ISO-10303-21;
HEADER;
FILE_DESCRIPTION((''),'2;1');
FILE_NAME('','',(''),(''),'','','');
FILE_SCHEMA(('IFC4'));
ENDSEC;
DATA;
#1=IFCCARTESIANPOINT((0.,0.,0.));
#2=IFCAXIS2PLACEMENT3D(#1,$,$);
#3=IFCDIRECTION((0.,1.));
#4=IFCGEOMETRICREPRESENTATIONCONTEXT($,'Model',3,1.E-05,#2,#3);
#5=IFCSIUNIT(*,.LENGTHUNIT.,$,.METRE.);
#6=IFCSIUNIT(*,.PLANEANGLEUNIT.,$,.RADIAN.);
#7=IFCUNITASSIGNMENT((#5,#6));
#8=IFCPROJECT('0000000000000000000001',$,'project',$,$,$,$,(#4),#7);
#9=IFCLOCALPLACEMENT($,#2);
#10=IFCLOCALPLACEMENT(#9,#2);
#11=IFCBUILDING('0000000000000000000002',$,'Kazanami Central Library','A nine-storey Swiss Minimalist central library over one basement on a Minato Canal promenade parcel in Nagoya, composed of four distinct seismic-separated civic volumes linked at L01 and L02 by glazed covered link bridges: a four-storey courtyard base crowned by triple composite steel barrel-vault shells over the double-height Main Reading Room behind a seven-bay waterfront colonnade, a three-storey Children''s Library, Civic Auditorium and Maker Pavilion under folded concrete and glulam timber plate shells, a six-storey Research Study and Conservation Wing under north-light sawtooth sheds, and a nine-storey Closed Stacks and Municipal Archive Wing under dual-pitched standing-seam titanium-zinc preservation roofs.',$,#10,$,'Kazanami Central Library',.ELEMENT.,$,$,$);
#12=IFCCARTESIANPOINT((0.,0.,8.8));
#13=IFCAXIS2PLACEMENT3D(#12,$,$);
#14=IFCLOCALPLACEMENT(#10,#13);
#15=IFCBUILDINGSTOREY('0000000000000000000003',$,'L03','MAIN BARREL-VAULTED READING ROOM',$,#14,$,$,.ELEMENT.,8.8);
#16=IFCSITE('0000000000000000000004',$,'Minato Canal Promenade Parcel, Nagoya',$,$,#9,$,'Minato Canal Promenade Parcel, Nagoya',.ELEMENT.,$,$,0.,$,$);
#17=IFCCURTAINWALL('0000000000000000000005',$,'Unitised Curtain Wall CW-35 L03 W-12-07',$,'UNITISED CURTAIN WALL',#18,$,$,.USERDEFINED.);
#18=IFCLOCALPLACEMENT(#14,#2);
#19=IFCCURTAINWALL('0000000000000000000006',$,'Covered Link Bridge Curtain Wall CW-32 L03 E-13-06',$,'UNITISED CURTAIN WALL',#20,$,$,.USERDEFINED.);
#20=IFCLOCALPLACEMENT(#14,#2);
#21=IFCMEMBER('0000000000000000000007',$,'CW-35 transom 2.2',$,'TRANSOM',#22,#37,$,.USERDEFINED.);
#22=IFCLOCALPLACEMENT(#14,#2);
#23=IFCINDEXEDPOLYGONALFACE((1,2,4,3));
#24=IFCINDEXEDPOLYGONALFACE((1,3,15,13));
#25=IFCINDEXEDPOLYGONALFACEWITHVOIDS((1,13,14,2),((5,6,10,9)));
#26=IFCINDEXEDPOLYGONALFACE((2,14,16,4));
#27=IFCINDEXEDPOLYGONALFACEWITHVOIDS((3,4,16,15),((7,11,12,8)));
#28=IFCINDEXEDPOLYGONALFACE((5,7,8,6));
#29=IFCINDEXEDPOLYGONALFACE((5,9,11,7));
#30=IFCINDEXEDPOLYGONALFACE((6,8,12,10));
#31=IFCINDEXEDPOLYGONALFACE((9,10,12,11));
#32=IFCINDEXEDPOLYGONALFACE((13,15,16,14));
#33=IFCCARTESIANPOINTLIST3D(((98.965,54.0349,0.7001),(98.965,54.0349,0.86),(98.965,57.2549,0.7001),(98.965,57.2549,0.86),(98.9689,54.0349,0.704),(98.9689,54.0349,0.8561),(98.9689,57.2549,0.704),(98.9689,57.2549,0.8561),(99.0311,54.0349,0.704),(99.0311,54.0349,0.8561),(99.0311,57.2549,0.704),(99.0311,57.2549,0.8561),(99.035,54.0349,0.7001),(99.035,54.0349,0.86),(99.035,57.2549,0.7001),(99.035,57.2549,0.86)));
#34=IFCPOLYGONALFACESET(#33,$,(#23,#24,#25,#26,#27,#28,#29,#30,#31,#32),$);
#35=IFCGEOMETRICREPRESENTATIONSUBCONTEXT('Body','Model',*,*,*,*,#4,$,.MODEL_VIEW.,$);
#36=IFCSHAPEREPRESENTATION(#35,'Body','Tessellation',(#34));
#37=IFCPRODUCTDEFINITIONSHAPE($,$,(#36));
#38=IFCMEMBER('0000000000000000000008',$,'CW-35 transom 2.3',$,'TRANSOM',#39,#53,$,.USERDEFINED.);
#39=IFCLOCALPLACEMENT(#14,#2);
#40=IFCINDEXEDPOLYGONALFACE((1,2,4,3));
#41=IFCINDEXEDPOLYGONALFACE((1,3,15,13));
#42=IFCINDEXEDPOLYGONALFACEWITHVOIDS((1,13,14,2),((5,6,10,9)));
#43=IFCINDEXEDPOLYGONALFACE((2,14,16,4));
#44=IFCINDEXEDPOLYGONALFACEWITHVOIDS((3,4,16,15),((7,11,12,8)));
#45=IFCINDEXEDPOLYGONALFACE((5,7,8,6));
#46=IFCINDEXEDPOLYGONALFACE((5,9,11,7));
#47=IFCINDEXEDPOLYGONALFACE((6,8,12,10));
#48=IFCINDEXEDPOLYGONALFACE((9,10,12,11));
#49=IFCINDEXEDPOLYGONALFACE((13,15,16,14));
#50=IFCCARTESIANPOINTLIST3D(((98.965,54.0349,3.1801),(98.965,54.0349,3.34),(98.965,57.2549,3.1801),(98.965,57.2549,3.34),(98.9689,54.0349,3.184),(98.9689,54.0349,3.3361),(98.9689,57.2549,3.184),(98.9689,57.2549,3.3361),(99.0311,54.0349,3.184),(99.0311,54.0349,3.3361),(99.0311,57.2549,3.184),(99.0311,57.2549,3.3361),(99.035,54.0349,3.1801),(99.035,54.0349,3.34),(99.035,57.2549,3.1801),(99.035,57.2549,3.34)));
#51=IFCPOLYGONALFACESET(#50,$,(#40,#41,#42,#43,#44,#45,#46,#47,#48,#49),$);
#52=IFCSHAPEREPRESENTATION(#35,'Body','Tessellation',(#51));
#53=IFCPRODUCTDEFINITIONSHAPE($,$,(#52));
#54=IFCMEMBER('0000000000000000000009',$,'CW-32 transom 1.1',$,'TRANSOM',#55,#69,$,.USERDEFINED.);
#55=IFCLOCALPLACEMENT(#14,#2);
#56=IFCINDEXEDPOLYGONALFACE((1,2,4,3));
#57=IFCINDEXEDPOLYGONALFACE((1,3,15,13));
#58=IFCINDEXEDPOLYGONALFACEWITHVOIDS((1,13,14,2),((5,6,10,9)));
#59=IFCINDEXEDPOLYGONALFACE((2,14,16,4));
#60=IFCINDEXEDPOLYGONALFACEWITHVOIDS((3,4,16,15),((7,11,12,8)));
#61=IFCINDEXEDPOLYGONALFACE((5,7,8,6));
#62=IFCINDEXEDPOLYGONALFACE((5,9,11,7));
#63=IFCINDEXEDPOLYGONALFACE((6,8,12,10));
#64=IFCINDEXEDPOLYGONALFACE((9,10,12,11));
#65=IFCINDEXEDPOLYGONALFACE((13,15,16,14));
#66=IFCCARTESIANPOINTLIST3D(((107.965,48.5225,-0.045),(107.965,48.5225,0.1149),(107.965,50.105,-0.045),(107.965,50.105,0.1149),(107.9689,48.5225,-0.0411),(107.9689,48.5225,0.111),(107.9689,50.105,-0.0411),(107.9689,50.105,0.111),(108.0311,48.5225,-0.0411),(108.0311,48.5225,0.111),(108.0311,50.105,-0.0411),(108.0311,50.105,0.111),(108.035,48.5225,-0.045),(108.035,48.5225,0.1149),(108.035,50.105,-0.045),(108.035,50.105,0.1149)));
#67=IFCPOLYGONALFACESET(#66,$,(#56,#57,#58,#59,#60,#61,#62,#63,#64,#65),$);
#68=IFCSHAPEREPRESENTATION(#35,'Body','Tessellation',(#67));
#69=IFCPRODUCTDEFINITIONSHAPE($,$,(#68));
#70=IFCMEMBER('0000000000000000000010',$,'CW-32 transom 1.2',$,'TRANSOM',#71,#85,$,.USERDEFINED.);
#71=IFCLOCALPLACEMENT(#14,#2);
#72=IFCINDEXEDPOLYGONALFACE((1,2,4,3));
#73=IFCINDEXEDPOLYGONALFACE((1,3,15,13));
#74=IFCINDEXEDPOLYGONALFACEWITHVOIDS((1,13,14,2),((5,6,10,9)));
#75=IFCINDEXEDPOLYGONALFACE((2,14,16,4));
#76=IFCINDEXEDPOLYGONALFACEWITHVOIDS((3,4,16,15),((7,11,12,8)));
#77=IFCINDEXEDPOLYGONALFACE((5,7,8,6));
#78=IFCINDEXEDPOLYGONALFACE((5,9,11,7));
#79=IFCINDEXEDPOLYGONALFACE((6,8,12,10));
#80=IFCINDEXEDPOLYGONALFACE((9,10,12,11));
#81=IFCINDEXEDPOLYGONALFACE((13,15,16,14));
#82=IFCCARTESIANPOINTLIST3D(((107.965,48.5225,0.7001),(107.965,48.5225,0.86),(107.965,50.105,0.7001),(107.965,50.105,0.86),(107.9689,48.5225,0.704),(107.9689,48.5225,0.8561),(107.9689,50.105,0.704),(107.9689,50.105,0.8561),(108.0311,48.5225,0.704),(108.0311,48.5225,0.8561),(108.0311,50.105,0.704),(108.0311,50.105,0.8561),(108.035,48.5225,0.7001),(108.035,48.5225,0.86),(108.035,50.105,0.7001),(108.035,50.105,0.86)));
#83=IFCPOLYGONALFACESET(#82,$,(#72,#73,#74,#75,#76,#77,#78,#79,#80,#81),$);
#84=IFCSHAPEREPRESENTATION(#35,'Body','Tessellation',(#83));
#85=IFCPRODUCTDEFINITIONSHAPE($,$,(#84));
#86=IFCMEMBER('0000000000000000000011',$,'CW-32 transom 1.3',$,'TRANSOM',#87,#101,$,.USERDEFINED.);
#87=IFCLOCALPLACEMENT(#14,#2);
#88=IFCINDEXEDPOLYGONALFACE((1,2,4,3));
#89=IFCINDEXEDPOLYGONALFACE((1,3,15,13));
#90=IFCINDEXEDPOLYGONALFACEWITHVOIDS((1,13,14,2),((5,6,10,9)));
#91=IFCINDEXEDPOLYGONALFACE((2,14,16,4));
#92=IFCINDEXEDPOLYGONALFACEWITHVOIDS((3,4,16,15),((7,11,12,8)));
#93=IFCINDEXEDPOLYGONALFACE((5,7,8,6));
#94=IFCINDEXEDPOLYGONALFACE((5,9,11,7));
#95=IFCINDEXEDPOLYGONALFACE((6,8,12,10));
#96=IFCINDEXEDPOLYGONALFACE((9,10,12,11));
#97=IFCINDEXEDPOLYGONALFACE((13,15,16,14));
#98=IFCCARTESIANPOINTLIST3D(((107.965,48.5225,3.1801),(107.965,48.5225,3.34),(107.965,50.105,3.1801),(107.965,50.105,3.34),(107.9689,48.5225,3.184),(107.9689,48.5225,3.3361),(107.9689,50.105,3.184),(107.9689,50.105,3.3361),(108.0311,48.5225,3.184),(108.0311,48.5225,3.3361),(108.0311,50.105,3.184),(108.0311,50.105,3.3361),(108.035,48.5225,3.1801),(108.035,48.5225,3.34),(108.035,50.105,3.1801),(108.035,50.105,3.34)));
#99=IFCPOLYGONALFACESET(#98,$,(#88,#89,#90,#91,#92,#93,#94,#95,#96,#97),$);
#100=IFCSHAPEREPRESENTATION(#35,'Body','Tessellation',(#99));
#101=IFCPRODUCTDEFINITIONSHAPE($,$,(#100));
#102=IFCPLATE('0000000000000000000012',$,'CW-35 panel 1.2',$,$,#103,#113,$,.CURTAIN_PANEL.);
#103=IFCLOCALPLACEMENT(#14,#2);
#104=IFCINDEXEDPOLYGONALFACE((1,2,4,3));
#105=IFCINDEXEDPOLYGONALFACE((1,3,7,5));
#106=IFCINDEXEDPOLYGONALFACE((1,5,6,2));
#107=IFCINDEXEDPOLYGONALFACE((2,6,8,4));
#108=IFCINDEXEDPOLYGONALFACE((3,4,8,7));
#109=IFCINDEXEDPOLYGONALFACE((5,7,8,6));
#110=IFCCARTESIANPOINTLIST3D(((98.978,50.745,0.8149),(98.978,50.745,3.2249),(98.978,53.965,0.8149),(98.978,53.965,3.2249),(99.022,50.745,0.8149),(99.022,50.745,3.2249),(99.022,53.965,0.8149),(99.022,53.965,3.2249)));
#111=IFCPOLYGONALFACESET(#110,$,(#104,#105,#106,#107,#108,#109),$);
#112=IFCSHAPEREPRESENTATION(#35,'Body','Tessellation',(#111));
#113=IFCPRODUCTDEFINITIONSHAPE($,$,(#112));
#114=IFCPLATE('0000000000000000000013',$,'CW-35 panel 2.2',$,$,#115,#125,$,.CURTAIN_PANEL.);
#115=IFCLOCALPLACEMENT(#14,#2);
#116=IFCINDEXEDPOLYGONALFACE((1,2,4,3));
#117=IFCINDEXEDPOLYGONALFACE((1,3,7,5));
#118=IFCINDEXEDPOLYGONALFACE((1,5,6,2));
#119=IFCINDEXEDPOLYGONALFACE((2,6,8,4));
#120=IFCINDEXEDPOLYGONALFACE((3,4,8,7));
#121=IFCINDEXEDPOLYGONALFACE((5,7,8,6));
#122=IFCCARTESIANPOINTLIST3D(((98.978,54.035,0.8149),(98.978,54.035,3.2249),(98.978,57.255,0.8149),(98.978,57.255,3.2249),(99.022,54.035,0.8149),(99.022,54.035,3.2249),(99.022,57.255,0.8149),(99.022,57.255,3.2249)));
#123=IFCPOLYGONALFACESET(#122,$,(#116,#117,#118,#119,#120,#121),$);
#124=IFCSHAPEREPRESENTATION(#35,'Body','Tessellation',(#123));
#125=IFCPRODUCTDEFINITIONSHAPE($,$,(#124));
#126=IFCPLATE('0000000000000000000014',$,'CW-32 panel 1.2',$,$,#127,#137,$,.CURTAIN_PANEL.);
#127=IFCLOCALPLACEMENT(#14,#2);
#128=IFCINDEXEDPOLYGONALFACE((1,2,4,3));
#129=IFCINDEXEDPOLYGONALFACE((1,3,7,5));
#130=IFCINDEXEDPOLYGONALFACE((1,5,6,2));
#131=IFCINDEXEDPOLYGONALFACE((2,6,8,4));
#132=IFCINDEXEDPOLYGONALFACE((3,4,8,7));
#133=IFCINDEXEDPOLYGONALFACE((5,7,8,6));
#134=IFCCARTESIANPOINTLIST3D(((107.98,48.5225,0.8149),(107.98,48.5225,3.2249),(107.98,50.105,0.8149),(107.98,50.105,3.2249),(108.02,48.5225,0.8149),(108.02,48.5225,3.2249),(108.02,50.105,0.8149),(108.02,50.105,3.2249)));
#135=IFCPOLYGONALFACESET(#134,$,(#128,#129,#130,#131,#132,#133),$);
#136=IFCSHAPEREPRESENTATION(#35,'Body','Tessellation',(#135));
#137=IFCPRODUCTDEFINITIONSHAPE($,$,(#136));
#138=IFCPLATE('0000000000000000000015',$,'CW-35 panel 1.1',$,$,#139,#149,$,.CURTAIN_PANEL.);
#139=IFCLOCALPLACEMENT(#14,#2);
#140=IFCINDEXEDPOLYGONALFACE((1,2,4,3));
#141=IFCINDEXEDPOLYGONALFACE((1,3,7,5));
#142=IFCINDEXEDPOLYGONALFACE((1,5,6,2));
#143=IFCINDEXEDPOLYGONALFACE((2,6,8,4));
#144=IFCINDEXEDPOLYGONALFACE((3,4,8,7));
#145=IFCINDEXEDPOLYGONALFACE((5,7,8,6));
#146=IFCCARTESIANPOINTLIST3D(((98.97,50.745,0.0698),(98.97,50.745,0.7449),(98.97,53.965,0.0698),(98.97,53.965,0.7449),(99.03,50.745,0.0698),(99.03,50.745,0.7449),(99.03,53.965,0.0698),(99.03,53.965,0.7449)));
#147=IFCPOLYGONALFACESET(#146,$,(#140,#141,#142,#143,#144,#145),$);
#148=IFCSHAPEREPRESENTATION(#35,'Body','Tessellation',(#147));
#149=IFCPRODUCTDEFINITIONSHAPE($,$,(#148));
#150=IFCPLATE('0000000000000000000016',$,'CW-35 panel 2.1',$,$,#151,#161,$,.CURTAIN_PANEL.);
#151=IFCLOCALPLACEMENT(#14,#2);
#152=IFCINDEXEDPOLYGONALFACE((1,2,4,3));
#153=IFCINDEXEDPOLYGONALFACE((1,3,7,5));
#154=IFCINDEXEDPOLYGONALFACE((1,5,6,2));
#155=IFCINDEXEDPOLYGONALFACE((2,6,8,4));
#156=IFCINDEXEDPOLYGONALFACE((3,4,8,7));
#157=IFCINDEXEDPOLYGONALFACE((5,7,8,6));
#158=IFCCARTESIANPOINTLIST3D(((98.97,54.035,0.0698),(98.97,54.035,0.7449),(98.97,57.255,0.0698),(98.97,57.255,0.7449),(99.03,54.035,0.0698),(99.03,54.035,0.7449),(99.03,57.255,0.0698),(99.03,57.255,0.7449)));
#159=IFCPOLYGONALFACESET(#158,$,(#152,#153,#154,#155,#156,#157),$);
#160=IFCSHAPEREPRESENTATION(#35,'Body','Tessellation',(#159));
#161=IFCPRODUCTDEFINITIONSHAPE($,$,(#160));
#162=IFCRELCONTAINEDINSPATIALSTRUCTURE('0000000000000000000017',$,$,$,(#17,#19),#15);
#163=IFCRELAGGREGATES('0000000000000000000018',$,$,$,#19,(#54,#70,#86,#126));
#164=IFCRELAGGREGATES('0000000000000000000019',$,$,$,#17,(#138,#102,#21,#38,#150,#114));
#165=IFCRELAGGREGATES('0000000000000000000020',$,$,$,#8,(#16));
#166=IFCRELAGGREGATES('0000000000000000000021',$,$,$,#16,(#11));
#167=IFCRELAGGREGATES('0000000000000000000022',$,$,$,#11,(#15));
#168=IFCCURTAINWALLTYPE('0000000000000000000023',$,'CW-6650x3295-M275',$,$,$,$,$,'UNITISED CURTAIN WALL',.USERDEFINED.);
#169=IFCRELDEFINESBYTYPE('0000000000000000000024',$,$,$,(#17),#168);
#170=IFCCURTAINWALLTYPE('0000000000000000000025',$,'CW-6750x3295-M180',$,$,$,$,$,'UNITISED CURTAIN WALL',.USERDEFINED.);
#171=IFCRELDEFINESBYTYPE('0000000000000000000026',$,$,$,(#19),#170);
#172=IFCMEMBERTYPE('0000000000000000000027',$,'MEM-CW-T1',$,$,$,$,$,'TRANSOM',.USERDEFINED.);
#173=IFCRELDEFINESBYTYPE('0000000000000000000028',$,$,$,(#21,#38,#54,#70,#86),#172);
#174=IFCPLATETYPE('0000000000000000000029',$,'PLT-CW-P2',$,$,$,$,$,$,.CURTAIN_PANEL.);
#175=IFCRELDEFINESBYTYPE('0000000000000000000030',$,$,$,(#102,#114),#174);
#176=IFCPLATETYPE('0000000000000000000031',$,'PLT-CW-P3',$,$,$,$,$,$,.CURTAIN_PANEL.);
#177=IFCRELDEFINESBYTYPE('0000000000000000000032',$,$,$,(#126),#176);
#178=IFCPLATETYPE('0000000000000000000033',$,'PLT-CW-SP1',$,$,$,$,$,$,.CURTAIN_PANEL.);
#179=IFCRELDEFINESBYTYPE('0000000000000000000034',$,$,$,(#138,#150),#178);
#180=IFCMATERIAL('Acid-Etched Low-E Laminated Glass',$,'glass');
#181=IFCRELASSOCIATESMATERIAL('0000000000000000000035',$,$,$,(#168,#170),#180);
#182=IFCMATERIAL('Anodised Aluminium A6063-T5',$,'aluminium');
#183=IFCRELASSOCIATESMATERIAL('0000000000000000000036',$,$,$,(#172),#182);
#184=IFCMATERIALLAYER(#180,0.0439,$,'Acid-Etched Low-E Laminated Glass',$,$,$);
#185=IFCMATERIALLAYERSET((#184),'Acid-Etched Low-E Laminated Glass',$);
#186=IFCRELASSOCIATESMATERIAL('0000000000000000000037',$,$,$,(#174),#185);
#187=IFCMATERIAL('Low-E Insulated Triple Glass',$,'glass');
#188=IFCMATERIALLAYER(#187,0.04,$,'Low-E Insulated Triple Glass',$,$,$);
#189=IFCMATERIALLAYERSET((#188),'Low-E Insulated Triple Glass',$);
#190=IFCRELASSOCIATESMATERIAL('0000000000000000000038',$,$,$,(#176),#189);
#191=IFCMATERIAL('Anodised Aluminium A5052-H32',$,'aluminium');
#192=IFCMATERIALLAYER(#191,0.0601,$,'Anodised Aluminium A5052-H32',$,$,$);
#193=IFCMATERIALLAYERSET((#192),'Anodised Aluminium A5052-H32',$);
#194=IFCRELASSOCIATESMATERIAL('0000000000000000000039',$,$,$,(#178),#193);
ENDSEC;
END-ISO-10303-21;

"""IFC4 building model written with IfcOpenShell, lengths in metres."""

from ifc_helpers import new_model, si_unit, direction, frame, origin, origin_2d, place, context, subcontext, project, spatial, rectangle, hollow_rectangle, extrude, material, layer, layer_set, material_profile, profile_set, type_object, element, aggregate, save


model = new_model("IFC4")

# Units and contexts
model_context = context("Model", 3, precision=1e-05, world=origin(), true_north=direction((0.0, 1.0)))
body_context = subcontext(model_context, "Body", "Model", "MODEL_VIEW")
ifc_project = project(units=[si_unit("LENGTHUNIT", "METRE"), si_unit("PLANEANGLEUNIT", "RADIAN")], contexts=[model_context])

# Site, building, storey
site_placement = place(None, origin())
site = spatial("IfcSite", under=ifc_project, at=site_placement, Name="Minato Canal Promenade Parcel, Nagoya", LongName="Minato Canal Promenade Parcel, Nagoya", CompositionType="ELEMENT", RefElevation=0.0)
building_placement = place(site_placement, origin())
building = spatial("IfcBuilding", under=site, at=building_placement, Name="Kazanami Central Library", Description="A nine-storey Swiss Minimalist central library over one basement on a Minato Canal promenade parcel in Nagoya, composed of four distinct seismic-separated civic volumes linked at L01 and L02 by glazed covered link bridges: a four-storey courtyard base crowned by triple composite steel barrel-vault shells over the double-height Main Reading Room behind a seven-bay waterfront colonnade, a three-storey Children's Library, Civic Auditorium and Maker Pavilion under folded concrete and glulam timber plate shells, a six-storey Research Study and Conservation Wing under north-light sawtooth sheds, and a nine-storey Closed Stacks and Municipal Archive Wing under dual-pitched standing-seam titanium-zinc preservation roofs.", LongName="Kazanami Central Library", CompositionType="ELEMENT")
storey_placement = place(building_placement, frame((0.0, 0.0, 8.8)))
storey = spatial("IfcBuildingStorey", under=building, at=storey_placement, Name="L03", Description="MAIN BARREL-VAULTED READING ROOM", CompositionType="ELEMENT", Elevation=8.8)

# Curtain wall
ifc_material_1 = material(Name="Acid-Etched Low-E Laminated Glass", Category="glass")
curtain_wall_type_1 = type_object("IfcCurtainWallType", Name="CW-6650x3295-M275", ElementType="UNITISED CURTAIN WALL", PredefinedType="USERDEFINED", material=ifc_material_1)
curtain_wall_1_placement = place(storey_placement, origin())
curtain_wall_1 = element("IfcCurtainWall", 1, at=curtain_wall_1_placement, inside=storey, type_object=curtain_wall_type_1, Name="Unitised Curtain Wall CW-35 L03 W-12-07", ObjectType="UNITISED CURTAIN WALL", PredefinedType="USERDEFINED")
ifc_material_2 = material(Name="Anodised Aluminium A6063-T5", Category="aluminium")

# Curtain wall
curtain_wall_type_2 = type_object("IfcCurtainWallType", Name="CW-6750x3295-M180", ElementType="UNITISED CURTAIN WALL", PredefinedType="USERDEFINED", material=ifc_material_1)
curtain_wall_2_placement = place(storey_placement, origin())
curtain_wall_2 = element("IfcCurtainWall", 2, at=curtain_wall_2_placement, inside=storey, type_object=curtain_wall_type_2, Name="Covered Link Bridge Curtain Wall CW-32 L03 E-13-06", ObjectType="UNITISED CURTAIN WALL", PredefinedType="USERDEFINED")

# Members
ifc_material_profile_1 = material_profile(ifc_material_2, hollow_rectangle(XDim=0.0701, YDim=0.1599, WallThickness=0.0039, at=origin_2d()), Name="ALU-TRAN-70x160x4")
ifc_profile_set_1 = profile_set([ifc_material_profile_1], Name="Anodised Aluminium A6063-T5")
member_type_1 = type_object("IfcMemberType", Name="MEM-CW-T1", ElementType="TRANSOM", PredefinedType="USERDEFINED", material=ifc_profile_set_1)
member_1_placement = place(storey_placement, frame((99.0, 54.0349, 0.78), z_axis=(0.0, 1.0, 0.0), x_axis=(-1.0, 0.0, 0.0)))
member_1 = element("IfcMember", 3, at=member_1_placement, type_object=member_type_1, Name="CW-35 transom 2.2", ObjectType="TRANSOM", PredefinedType="USERDEFINED", context=body_context, shape_type="SweptSolid", body=[
    extrude(hollow_rectangle(XDim=0.0701, YDim=0.1599, WallThickness=0.0039, at=origin_2d()), origin(), (0.0, 0.0, 1.0), 3.22),
])
member_2_placement = place(storey_placement, frame((99.0, 54.0349, 3.26), z_axis=(0.0, 1.0, 0.0), x_axis=(-1.0, 0.0, 0.0)))
member_2 = element("IfcMember", 4, at=member_2_placement, type_object=member_type_1, Name="CW-35 transom 2.3", ObjectType="TRANSOM", PredefinedType="USERDEFINED", context=body_context, shape_type="SweptSolid", body=[
    extrude(hollow_rectangle(XDim=0.0701, YDim=0.1599, WallThickness=0.0039, at=origin_2d()), origin(), (0.0, 0.0, 1.0), 3.22),
])
member_3_placement = place(storey_placement, frame((108.0, 50.105, 0.0349), z_axis=(0.0, -1.0, 0.0), x_axis=(1.0, 0.0, 0.0)))
member_3 = element("IfcMember", 5, at=member_3_placement, type_object=member_type_1, Name="CW-32 transom 1.1", ObjectType="TRANSOM", PredefinedType="USERDEFINED", context=body_context, shape_type="SweptSolid", body=[
    extrude(hollow_rectangle(XDim=0.0701, YDim=0.1599, WallThickness=0.0039, at=origin_2d()), origin(), (0.0, 0.0, 1.0), 1.5825),
])
member_4_placement = place(storey_placement, frame((108.0, 50.105, 0.78), z_axis=(0.0, -1.0, 0.0), x_axis=(1.0, 0.0, 0.0)))
member_4 = element("IfcMember", 6, at=member_4_placement, type_object=member_type_1, Name="CW-32 transom 1.2", ObjectType="TRANSOM", PredefinedType="USERDEFINED", context=body_context, shape_type="SweptSolid", body=[
    extrude(hollow_rectangle(XDim=0.0701, YDim=0.1599, WallThickness=0.0039, at=origin_2d()), origin(), (0.0, 0.0, 1.0), 1.5825),
])
member_5_placement = place(storey_placement, frame((108.0, 50.105, 3.26), z_axis=(0.0, -1.0, 0.0), x_axis=(1.0, 0.0, 0.0)))
member_5 = element("IfcMember", 7, at=member_5_placement, type_object=member_type_1, Name="CW-32 transom 1.3", ObjectType="TRANSOM", PredefinedType="USERDEFINED", context=body_context, shape_type="SweptSolid", body=[
    extrude(hollow_rectangle(XDim=0.0701, YDim=0.1599, WallThickness=0.0039, at=origin_2d()), origin(), (0.0, 0.0, 1.0), 1.5825),
])

# Plates
ifc_layer_1 = layer(ifc_material_1, 0.0439, Name="Acid-Etched Low-E Laminated Glass")
ifc_layer_set_1 = layer_set([ifc_layer_1], Name="Acid-Etched Low-E Laminated Glass")
plate_type_1 = type_object("IfcPlateType", Name="PLT-CW-P2", PredefinedType="CURTAIN_PANEL", material=ifc_layer_set_1)
plate_1_placement = place(storey_placement, frame((99.0, 52.355, 0.8149), z_axis=(0.0, 0.0, 1.0), x_axis=(0.0, 1.0, 0.0)))
plate_1 = element("IfcPlate", 8, at=plate_1_placement, type_object=plate_type_1, Name="CW-35 panel 1.2", PredefinedType="CURTAIN_PANEL", context=body_context, shape_type="SweptSolid", body=[
    extrude(rectangle(XDim=3.22, YDim=0.0439, at=origin_2d()), origin(), (0.0, 0.0, 1.0), 2.4099),
])
plate_2_placement = place(storey_placement, frame((99.0, 55.645, 0.8149), z_axis=(0.0, 0.0, 1.0), x_axis=(0.0, 1.0, 0.0)))
plate_2 = element("IfcPlate", 9, at=plate_2_placement, type_object=plate_type_1, Name="CW-35 panel 2.2", PredefinedType="CURTAIN_PANEL", context=body_context, shape_type="SweptSolid", body=[
    extrude(rectangle(XDim=3.22, YDim=0.0439, at=origin_2d()), origin(), (0.0, 0.0, 1.0), 2.4099),
])
ifc_material_3 = material(Name="Low-E Insulated Triple Glass", Category="glass")
ifc_layer_2 = layer(ifc_material_3, 0.04, Name="Low-E Insulated Triple Glass")
ifc_layer_set_2 = layer_set([ifc_layer_2], Name="Low-E Insulated Triple Glass")
plate_type_2 = type_object("IfcPlateType", Name="PLT-CW-P3", PredefinedType="CURTAIN_PANEL", material=ifc_layer_set_2)
plate_3_placement = place(storey_placement, frame((108.0, 49.3137, 0.8149), z_axis=(0.0, 0.0, 1.0), x_axis=(0.0, -1.0, 0.0)))
plate_3 = element("IfcPlate", 10, at=plate_3_placement, type_object=plate_type_2, Name="CW-32 panel 1.2", PredefinedType="CURTAIN_PANEL", context=body_context, shape_type="SweptSolid", body=[
    extrude(rectangle(XDim=1.5825, YDim=0.04, at=origin_2d()), origin(), (0.0, 0.0, 1.0), 2.4099),
])
aggregate(curtain_wall_2, [member_3, member_4, member_5, plate_3])
ifc_material_4 = material(Name="Anodised Aluminium A5052-H32", Category="aluminium")
ifc_layer_3 = layer(ifc_material_4, 0.0601, Name="Anodised Aluminium A5052-H32")
ifc_layer_set_3 = layer_set([ifc_layer_3], Name="Anodised Aluminium A5052-H32")
plate_type_3 = type_object("IfcPlateType", Name="PLT-CW-SP1", PredefinedType="CURTAIN_PANEL", material=ifc_layer_set_3)
plate_4_placement = place(storey_placement, frame((99.0, 52.355, 0.0698), z_axis=(0.0, 0.0, 1.0), x_axis=(0.0, 1.0, 0.0)))
plate_4 = element("IfcPlate", 11, at=plate_4_placement, type_object=plate_type_3, Name="CW-35 panel 1.1", PredefinedType="CURTAIN_PANEL", context=body_context, shape_type="SweptSolid", body=[
    extrude(rectangle(XDim=3.22, YDim=0.0601, at=origin_2d()), origin(), (0.0, 0.0, 1.0), 0.675),
])
plate_5_placement = place(storey_placement, frame((99.0, 55.645, 0.0698), z_axis=(0.0, 0.0, 1.0), x_axis=(0.0, 1.0, 0.0)))
plate_5 = element("IfcPlate", 12, at=plate_5_placement, type_object=plate_type_3, Name="CW-35 panel 2.1", PredefinedType="CURTAIN_PANEL", context=body_context, shape_type="SweptSolid", body=[
    extrude(rectangle(XDim=3.22, YDim=0.0601, at=origin_2d()), origin(), (0.0, 0.0, 1.0), 0.675),
])
aggregate(curtain_wall_1, [plate_4, plate_1, member_1, member_2, plate_5, plate_2])

save(model, "model.ifc")
